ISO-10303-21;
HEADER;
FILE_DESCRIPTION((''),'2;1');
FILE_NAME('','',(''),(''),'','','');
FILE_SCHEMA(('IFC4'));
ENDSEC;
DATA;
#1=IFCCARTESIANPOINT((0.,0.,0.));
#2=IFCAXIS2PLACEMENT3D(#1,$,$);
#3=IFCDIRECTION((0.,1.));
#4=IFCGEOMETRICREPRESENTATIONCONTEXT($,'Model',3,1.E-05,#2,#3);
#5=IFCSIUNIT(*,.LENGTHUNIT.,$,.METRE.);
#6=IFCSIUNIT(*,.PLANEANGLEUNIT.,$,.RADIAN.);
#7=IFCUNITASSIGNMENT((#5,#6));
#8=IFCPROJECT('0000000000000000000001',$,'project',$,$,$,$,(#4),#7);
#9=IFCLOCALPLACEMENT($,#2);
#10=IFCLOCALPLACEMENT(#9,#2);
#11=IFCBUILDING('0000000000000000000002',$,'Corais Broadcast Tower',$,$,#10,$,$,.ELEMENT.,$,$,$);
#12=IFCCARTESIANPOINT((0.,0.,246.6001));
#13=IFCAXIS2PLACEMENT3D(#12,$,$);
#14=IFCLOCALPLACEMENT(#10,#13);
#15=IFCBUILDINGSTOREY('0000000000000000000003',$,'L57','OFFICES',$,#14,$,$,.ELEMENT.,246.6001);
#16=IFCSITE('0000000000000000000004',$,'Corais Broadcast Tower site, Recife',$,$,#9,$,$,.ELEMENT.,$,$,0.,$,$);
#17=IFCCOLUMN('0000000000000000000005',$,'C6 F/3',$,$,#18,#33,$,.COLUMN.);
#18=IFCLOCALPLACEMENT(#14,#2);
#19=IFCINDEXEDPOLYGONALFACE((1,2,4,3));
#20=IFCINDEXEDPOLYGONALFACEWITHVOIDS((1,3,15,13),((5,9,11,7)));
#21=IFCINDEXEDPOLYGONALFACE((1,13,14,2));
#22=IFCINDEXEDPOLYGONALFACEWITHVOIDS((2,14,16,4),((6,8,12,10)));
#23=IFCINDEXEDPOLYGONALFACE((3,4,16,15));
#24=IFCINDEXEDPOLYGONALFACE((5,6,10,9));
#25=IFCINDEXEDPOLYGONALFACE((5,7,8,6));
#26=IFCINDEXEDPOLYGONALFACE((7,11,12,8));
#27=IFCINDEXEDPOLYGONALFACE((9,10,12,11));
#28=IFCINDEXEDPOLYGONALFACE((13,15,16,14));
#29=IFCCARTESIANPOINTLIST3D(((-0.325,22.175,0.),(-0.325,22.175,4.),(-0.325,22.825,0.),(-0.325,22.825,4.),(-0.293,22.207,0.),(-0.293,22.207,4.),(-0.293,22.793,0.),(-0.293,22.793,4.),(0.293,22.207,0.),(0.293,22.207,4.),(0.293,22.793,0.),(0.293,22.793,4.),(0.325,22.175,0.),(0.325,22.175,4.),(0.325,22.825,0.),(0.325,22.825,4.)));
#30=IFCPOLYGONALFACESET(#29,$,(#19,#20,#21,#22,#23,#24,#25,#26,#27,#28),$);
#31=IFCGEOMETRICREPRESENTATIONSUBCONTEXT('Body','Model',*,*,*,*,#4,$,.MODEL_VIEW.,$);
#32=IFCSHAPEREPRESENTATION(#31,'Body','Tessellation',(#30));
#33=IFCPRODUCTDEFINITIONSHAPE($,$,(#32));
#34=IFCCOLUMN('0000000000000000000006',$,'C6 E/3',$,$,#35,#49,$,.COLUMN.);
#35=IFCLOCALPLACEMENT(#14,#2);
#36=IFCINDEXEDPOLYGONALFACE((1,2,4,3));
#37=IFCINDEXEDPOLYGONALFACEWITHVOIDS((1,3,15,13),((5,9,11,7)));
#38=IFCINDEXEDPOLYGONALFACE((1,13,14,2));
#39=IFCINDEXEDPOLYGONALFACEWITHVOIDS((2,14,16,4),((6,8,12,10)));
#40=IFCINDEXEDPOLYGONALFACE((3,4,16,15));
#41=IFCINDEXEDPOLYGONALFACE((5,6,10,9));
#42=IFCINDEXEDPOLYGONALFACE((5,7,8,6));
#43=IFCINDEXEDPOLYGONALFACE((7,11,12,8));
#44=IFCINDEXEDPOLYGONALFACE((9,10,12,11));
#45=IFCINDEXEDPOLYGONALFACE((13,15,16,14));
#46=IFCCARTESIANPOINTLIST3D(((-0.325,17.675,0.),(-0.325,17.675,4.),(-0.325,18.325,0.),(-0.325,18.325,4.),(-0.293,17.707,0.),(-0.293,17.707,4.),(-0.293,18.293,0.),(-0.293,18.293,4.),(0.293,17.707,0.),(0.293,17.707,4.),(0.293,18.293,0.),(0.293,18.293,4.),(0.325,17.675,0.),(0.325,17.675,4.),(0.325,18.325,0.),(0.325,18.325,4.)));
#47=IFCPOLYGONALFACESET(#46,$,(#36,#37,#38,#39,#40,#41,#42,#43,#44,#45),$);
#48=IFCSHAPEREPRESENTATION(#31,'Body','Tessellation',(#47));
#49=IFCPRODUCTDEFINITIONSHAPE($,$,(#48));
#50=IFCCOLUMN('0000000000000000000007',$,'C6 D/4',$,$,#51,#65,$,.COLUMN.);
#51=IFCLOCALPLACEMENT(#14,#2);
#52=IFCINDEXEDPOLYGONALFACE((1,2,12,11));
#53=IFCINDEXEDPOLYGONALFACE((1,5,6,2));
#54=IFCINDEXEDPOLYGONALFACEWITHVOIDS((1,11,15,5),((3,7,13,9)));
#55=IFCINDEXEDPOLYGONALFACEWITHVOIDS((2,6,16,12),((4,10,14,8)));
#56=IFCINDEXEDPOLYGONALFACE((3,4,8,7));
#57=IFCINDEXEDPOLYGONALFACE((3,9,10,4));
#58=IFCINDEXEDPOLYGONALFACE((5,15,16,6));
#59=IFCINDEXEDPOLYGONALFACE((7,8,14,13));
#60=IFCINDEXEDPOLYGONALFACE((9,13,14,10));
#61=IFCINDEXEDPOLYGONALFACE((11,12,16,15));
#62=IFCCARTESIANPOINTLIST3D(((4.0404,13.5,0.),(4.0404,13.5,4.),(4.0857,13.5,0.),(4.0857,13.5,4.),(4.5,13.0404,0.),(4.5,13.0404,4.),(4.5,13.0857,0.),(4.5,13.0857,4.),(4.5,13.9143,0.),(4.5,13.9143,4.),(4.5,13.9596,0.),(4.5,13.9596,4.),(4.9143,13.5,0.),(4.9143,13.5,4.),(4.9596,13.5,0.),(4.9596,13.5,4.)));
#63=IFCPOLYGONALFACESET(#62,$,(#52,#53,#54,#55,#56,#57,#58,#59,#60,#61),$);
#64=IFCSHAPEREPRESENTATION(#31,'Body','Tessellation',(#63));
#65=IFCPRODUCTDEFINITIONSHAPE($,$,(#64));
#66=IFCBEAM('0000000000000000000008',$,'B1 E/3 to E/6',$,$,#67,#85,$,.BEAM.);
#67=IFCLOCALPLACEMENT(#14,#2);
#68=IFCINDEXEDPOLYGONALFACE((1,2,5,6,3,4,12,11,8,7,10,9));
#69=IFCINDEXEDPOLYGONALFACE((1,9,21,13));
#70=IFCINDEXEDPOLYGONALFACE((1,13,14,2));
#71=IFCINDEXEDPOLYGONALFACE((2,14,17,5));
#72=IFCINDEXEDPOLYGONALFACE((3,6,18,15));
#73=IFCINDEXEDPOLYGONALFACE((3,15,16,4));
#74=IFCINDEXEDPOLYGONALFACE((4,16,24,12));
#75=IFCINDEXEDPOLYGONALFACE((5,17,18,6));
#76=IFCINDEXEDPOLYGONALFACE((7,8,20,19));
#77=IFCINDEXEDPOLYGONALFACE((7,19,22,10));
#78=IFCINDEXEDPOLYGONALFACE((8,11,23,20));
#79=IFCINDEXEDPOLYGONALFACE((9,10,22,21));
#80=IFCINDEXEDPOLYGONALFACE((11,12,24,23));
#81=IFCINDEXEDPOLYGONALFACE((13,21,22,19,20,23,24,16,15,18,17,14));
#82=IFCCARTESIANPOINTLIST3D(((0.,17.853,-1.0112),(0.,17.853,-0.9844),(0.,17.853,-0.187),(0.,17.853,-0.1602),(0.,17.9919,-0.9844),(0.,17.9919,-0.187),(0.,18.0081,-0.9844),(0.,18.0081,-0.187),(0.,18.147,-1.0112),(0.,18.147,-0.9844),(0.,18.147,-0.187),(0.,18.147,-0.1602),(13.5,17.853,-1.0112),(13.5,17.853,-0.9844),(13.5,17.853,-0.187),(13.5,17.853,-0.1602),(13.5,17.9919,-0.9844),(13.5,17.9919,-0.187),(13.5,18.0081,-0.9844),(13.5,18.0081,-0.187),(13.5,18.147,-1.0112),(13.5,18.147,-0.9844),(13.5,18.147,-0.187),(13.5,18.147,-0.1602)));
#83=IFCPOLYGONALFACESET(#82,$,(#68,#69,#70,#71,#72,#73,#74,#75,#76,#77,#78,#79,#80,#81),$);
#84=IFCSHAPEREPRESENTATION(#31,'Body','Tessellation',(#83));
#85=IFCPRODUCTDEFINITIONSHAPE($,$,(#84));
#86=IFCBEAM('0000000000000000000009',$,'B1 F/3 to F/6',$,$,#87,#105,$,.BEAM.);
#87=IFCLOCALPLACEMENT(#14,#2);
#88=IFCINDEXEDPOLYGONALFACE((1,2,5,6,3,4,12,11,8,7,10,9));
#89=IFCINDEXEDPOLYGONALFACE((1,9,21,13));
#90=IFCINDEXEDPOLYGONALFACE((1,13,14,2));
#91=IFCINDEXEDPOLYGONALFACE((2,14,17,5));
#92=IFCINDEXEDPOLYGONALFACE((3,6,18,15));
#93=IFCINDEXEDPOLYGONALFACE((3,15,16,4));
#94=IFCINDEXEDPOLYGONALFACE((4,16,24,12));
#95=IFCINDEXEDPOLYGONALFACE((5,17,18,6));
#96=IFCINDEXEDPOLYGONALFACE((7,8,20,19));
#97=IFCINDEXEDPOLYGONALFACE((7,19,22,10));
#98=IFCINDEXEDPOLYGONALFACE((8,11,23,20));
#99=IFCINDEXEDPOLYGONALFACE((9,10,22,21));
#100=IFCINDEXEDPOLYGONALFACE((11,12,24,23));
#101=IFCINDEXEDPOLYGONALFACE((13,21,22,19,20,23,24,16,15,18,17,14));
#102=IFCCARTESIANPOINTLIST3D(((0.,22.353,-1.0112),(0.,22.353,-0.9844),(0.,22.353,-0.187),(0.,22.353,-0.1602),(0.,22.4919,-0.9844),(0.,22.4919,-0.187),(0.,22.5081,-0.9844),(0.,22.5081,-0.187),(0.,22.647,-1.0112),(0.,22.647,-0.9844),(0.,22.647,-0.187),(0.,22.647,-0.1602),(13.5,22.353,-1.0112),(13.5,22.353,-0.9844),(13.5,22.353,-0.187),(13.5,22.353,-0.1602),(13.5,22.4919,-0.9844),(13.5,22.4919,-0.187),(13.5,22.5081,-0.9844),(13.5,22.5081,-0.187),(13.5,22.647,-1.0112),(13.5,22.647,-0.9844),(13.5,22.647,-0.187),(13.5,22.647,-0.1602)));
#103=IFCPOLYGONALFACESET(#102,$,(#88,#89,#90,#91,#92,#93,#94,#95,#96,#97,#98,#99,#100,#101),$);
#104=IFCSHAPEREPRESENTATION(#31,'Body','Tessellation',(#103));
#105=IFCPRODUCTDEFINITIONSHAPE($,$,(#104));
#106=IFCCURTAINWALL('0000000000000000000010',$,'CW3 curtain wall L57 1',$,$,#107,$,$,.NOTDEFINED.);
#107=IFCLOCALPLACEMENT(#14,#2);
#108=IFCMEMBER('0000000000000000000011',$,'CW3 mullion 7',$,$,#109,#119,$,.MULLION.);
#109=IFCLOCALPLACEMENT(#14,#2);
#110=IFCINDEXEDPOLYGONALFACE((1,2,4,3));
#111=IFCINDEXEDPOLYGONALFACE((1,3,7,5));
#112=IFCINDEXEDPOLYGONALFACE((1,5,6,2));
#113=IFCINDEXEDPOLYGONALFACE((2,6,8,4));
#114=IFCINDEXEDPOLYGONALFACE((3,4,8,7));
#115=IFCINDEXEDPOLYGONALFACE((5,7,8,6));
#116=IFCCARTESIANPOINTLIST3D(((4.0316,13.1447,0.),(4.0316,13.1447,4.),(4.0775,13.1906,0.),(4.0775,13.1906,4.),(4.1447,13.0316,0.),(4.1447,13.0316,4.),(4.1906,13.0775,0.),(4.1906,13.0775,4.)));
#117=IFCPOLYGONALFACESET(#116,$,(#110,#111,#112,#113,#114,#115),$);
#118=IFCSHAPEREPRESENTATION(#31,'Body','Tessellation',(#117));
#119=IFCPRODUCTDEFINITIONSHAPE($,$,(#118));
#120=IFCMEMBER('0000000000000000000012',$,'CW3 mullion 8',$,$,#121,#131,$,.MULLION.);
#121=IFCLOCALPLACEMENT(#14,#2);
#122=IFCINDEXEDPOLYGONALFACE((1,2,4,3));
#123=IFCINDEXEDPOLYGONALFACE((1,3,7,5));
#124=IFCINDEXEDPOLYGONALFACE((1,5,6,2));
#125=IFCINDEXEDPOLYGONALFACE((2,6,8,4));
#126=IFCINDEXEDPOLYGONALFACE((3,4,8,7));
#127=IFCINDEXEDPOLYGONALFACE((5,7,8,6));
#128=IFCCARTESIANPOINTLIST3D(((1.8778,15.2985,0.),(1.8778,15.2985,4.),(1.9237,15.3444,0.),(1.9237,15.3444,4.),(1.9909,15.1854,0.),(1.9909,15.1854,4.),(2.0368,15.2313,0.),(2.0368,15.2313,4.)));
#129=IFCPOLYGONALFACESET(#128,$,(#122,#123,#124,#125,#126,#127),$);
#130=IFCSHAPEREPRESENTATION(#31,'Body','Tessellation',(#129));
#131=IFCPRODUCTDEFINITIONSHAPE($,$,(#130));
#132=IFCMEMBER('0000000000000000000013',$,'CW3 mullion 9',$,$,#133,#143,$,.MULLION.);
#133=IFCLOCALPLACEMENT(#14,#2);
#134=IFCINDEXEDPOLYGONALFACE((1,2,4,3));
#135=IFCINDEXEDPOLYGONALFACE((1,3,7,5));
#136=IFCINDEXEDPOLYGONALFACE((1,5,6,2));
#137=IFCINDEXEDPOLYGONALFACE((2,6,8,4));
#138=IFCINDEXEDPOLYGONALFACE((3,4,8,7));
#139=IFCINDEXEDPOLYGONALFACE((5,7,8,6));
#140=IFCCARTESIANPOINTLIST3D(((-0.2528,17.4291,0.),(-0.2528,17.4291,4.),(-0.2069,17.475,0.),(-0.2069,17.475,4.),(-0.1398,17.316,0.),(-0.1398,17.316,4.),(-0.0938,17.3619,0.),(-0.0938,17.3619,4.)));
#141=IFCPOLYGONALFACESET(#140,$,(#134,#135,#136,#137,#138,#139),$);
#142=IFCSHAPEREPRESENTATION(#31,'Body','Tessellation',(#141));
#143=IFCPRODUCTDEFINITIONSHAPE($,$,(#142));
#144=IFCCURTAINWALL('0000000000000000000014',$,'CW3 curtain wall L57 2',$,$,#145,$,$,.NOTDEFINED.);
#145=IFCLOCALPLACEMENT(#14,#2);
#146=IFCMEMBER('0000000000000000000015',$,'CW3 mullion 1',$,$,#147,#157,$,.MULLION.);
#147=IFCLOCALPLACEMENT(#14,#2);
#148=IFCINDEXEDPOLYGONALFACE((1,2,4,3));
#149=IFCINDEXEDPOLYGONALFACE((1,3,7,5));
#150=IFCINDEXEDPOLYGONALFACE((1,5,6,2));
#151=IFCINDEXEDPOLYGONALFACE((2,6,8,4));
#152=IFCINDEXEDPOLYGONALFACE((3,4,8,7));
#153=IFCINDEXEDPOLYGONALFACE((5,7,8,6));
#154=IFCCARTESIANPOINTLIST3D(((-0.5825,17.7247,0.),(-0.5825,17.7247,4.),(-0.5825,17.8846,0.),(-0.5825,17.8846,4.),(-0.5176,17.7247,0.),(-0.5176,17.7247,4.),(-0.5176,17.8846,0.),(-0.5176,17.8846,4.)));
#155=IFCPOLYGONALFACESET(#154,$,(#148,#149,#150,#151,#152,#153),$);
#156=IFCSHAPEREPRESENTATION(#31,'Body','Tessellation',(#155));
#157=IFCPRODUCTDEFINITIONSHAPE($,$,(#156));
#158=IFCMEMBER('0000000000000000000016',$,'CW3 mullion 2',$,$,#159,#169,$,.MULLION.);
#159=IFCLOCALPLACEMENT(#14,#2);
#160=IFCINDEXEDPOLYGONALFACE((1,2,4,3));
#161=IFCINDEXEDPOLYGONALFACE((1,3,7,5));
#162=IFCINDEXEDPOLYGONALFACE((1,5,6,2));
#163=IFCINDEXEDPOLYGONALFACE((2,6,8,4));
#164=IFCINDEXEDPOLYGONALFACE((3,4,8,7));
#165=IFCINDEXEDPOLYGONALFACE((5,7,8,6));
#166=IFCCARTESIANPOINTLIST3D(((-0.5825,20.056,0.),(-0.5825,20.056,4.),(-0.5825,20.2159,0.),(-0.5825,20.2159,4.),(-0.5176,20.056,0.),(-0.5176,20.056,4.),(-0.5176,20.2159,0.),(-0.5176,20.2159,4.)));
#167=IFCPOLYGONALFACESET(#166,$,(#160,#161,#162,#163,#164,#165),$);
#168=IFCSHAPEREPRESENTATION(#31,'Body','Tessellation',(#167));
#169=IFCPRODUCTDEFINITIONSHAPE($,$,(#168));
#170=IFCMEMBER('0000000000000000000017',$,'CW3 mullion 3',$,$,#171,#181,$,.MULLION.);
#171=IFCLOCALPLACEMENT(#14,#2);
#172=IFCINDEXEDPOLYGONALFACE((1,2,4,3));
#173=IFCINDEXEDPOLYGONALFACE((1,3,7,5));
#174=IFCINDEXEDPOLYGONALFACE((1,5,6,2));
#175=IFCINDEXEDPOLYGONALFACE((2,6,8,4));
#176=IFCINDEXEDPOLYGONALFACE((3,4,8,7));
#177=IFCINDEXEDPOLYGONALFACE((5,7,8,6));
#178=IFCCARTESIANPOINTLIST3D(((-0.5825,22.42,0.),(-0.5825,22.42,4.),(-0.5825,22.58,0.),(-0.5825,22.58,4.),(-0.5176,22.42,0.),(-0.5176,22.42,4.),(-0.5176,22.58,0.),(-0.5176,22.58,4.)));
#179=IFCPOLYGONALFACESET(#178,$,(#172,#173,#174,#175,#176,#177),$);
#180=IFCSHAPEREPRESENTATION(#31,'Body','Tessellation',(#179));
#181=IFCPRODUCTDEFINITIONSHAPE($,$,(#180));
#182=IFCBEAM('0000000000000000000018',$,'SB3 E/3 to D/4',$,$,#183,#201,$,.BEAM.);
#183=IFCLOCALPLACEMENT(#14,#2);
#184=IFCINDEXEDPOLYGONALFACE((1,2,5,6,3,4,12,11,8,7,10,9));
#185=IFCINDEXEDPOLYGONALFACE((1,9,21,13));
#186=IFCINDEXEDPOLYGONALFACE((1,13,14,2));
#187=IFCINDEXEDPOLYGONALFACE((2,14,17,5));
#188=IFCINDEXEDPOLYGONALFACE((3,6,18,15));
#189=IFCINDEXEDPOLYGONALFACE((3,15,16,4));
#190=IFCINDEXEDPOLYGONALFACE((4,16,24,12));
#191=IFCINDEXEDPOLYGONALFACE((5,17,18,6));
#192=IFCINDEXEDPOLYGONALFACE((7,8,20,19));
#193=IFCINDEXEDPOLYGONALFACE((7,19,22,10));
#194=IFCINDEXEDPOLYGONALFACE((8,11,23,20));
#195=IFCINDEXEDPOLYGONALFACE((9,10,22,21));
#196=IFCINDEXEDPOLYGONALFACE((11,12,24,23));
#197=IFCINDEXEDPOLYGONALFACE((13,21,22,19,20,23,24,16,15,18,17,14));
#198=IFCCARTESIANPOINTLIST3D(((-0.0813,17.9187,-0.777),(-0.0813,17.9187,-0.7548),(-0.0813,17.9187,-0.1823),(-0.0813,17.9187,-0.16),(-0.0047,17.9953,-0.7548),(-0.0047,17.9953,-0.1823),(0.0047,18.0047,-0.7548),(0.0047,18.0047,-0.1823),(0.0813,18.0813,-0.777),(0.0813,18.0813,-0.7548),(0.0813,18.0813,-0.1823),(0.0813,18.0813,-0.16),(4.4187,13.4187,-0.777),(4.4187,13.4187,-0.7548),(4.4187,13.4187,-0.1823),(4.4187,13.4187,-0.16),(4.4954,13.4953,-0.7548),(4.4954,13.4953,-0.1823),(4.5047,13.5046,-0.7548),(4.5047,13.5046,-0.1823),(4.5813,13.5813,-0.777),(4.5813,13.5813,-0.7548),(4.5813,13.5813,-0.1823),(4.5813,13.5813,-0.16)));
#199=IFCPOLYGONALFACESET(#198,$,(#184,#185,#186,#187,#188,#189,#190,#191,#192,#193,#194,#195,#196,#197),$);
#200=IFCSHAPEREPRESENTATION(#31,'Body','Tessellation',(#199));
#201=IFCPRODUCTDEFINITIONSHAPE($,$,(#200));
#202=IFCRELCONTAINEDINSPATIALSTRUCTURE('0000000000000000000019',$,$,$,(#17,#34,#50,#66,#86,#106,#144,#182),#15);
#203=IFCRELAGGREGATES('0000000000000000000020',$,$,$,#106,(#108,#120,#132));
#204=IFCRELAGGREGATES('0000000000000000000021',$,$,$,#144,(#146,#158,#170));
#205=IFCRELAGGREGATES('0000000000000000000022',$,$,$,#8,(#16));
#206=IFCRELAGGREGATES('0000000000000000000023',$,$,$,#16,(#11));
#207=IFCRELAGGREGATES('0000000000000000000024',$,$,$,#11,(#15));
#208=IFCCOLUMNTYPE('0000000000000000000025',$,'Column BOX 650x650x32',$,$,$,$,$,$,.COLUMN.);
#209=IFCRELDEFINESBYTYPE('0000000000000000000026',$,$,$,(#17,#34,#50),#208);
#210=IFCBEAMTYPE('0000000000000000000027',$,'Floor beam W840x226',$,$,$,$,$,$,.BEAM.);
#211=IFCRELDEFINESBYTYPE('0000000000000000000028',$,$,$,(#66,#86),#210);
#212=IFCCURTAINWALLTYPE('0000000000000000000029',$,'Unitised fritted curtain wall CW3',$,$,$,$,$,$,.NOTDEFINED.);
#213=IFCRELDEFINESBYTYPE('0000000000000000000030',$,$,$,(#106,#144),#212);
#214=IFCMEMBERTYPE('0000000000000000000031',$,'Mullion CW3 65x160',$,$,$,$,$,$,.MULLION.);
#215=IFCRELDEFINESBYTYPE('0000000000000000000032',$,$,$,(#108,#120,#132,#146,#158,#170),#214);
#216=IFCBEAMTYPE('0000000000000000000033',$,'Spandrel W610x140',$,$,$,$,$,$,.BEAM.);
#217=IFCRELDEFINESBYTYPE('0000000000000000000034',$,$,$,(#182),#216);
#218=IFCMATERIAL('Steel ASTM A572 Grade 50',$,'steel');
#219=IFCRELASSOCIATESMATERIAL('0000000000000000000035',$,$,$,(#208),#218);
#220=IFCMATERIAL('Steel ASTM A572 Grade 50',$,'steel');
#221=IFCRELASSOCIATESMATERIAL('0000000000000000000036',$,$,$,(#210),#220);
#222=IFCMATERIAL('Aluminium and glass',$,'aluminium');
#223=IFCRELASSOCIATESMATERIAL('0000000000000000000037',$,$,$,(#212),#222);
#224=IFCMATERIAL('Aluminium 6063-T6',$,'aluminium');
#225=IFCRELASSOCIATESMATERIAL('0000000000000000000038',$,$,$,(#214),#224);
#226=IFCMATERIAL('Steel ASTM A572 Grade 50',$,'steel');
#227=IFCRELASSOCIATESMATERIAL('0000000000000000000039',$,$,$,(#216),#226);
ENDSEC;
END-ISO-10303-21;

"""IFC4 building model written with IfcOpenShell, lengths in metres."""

from ifc_helpers import new_model, si_unit, direction, frame, origin, origin_2d, place, context, subcontext, project, spatial, rectangle, hollow_rectangle, i_section, extrude, material, material_profile, profile_set, type_object, element, aggregate, save


model = new_model("IFC4")

# Units and contexts
model_context = context("Model", 3, precision=1e-05, world=origin(), true_north=direction((0.0, 1.0)))
body_context = subcontext(model_context, "Body", "Model", "MODEL_VIEW")
ifc_project = project(units=[si_unit("LENGTHUNIT", "METRE"), si_unit("PLANEANGLEUNIT", "RADIAN")], contexts=[model_context])

# Site, building, storey
site_placement = place(None, origin())
site = spatial("IfcSite", under=ifc_project, at=site_placement, Name="Corais Broadcast Tower site, Recife", CompositionType="ELEMENT", RefElevation=0.0)
building_placement = place(site_placement, origin())
building = spatial("IfcBuilding", under=site, at=building_placement, Name="Corais Broadcast Tower", CompositionType="ELEMENT")
storey_placement = place(building_placement, frame((0.0, 0.0, 246.6001)))
storey = spatial("IfcBuildingStorey", under=building, at=storey_placement, Name="L57", Description="OFFICES", CompositionType="ELEMENT", Elevation=246.6001)

# Columns
ifc_material_1 = material(Name="Steel ASTM A572 Grade 50", Category="steel")
ifc_material_profile_1 = material_profile(ifc_material_1, hollow_rectangle(XDim=0.6499, YDim=0.6499, WallThickness=0.032, at=origin_2d()), Name="BOX 650x650x32")
ifc_profile_set_1 = profile_set([ifc_material_profile_1], Name="Steel ASTM A572 Grade 50")
column_type = type_object("IfcColumnType", Name="Column BOX 650x650x32", PredefinedType="COLUMN", material=ifc_profile_set_1)
for number, where, z_axis, x_axis, name in (
    (1, (0.0, 22.5, 0.0), (0.0, 0.0, 1.0), (1.0, 0.0, 0.0), "C6 F/3"),
    (2, (0.0, 18.0, 0.0), (0.0, 0.0, 1.0), (1.0, 0.0, 0.0), "C6 E/3"),
    (3, (4.5, 13.5, 0.0), (0.0, 0.0, 1.0), (0.707107, 0.707107, 0.0), "C6 D/4"),
):
    element("IfcColumn", number, at=place(storey_placement, frame(where, z_axis=z_axis, x_axis=x_axis)), inside=storey, type_object=column_type, Name=name, PredefinedType="COLUMN", context=body_context, shape_type="SweptSolid", body=[
        extrude(hollow_rectangle(XDim=0.6499, YDim=0.6499, WallThickness=0.032, at=origin_2d()), origin(), (0.0, 0.0, 1.0), 4.0),
    ])

# Beams
ifc_material_2 = material(Name="Steel ASTM A572 Grade 50", Category="steel")
ifc_material_profile_2 = material_profile(ifc_material_2, i_section(OverallWidth=0.2939, OverallDepth=0.8511, WebThickness=0.0161, FlangeThickness=0.0269, at=origin_2d()), Name="W840x226")
ifc_profile_set_2 = profile_set([ifc_material_profile_2], Name="Steel ASTM A572 Grade 50")
beam_type_1 = type_object("IfcBeamType", Name="Floor beam W840x226", PredefinedType="BEAM", material=ifc_profile_set_2)
for number, where, z_axis, x_axis, name in (
    (4, (0.0, 18.0, -0.5857), (1.0, 0.0, 0.0), (0.0, 1.0, 0.0), "B1 E/3 to E/6"),
    (5, (0.0, 22.5, -0.5857), (1.0, 0.0, 0.0), (0.0, 1.0, 0.0), "B1 F/3 to F/6"),
):
    element("IfcBeam", number, at=place(storey_placement, frame(where, z_axis=z_axis, x_axis=x_axis)), inside=storey, type_object=beam_type_1, Name=name, PredefinedType="BEAM", context=body_context, shape_type="SweptSolid", body=[
        extrude(i_section(OverallWidth=0.2939, OverallDepth=0.8511, WebThickness=0.0161, FlangeThickness=0.0269, at=origin_2d()), origin(), (0.0, 0.0, 1.0), 13.5),
    ])

# Curtain walls, members
ifc_material_3 = material(Name="Aluminium and glass", Category="aluminium")
curtain_wall_type = type_object("IfcCurtainWallType", Name="Unitised fritted curtain wall CW3", PredefinedType="NOTDEFINED", material=ifc_material_3)
curtain_wall_1_placement = place(storey_placement, origin())
curtain_wall_1 = element("IfcCurtainWall", 6, at=curtain_wall_1_placement, inside=storey, type_object=curtain_wall_type, Name="CW3 curtain wall L57 1", PredefinedType="NOTDEFINED")
ifc_material_4 = material(Name="Aluminium 6063-T6", Category="aluminium")
ifc_material_profile_3 = material_profile(ifc_material_4, rectangle(XDim=0.0649, YDim=0.1599, at=origin_2d()), Name="Mullion CW3 65x160")
ifc_profile_set_3 = profile_set([ifc_material_profile_3], Name="Aluminium 6063-T6")
member_type_1 = type_object("IfcMemberType", Name="Mullion CW3 65x160", PredefinedType="MULLION", material=ifc_profile_set_3)
member_1_placement = place(storey_placement, frame((4.1111, 13.1111, 0.0), z_axis=(0.0, 0.0, 1.0), x_axis=(-0.707107, -0.707107, 0.0)))
member_1 = element("IfcMember", 7, at=member_1_placement, type_object=member_type_1, Name="CW3 mullion 7", PredefinedType="MULLION", context=body_context, shape_type="SweptSolid", body=[
    extrude(rectangle(XDim=0.0649, YDim=0.1599, at=origin_2d()), origin(), (0.0, 0.0, 1.0), 4.0),
])
member_2_placement = place(storey_placement, frame((1.9573, 15.2649, 0.0), z_axis=(0.0, 0.0, 1.0), x_axis=(-0.707107, -0.707107, 0.0)))
member_2 = element("IfcMember", 8, at=member_2_placement, type_object=member_type_1, Name="CW3 mullion 8", PredefinedType="MULLION", context=body_context, shape_type="SweptSolid", body=[
    extrude(rectangle(XDim=0.0649, YDim=0.1599, at=origin_2d()), origin(), (0.0, 0.0, 1.0), 4.0),
])
member_3_placement = place(storey_placement, frame((-0.1733, 17.3955, 0.0), z_axis=(0.0, 0.0, 1.0), x_axis=(-0.707107, -0.707107, 0.0)))
member_3 = element("IfcMember", 9, at=member_3_placement, type_object=member_type_1, Name="CW3 mullion 9", PredefinedType="MULLION", context=body_context, shape_type="SweptSolid", body=[
    extrude(rectangle(XDim=0.0649, YDim=0.1599, at=origin_2d()), origin(), (0.0, 0.0, 1.0), 4.0),
])
curtain_wall_2_placement = place(storey_placement, origin())
curtain_wall_2 = element("IfcCurtainWall", 10, at=curtain_wall_2_placement, inside=storey, type_object=curtain_wall_type, Name="CW3 curtain wall L57 2", PredefinedType="NOTDEFINED")
member_4_placement = place(storey_placement, frame((-0.55, 17.8047, 0.0), z_axis=(0.0, 0.0, 1.0), x_axis=(-1.0, 0.0, 0.0)))
member_4 = element("IfcMember", 11, at=member_4_placement, type_object=member_type_1, Name="CW3 mullion 1", PredefinedType="MULLION", context=body_context, shape_type="SweptSolid", body=[
    extrude(rectangle(XDim=0.0649, YDim=0.1599, at=origin_2d()), origin(), (0.0, 0.0, 1.0), 4.0),
])
member_5_placement = place(storey_placement, frame((-0.55, 20.136, 0.0), z_axis=(0.0, 0.0, 1.0), x_axis=(-1.0, 0.0, 0.0)))
member_5 = element("IfcMember", 12, at=member_5_placement, type_object=member_type_1, Name="CW3 mullion 2", PredefinedType="MULLION", context=body_context, shape_type="SweptSolid", body=[
    extrude(rectangle(XDim=0.0649, YDim=0.1599, at=origin_2d()), origin(), (0.0, 0.0, 1.0), 4.0),
])
member_6_placement = place(storey_placement, frame((-0.55, 22.5, 0.0), z_axis=(0.0, 0.0, 1.0), x_axis=(-1.0, 0.0, 0.0)))
member_6 = element("IfcMember", 13, at=member_6_placement, type_object=member_type_1, Name="CW3 mullion 3", PredefinedType="MULLION", context=body_context, shape_type="SweptSolid", body=[
    extrude(rectangle(XDim=0.0649, YDim=0.1599, at=origin_2d()), origin(), (0.0, 0.0, 1.0), 4.0),
])

# Beam
ifc_material_5 = material(Name="Steel ASTM A572 Grade 50", Category="steel")
ifc_material_profile_4 = material_profile(ifc_material_5, i_section(OverallWidth=0.23, OverallDepth=0.6169, WebThickness=0.0132, FlangeThickness=0.0222, at=origin_2d()), Name="W610x140")
ifc_profile_set_4 = profile_set([ifc_material_profile_4], Name="Steel ASTM A572 Grade 50")
beam_type_2 = type_object("IfcBeamType", Name="Spandrel W610x140", PredefinedType="BEAM", material=ifc_profile_set_4)
beam_1_placement = place(storey_placement, frame((0.0, 18.0, -0.4685), z_axis=(0.707107, -0.707107, 0.0), x_axis=(0.707107, 0.707107, 0.0)))
element("IfcBeam", 14, at=beam_1_placement, inside=storey, type_object=beam_type_2, Name="SB3 E/3 to D/4", PredefinedType="BEAM", context=body_context, shape_type="SweptSolid", body=[
    extrude(i_section(OverallWidth=0.23, OverallDepth=0.6169, WebThickness=0.0132, FlangeThickness=0.0222, at=origin_2d()), origin(), (0.0, 0.0, 1.0), 6.364),
])

aggregate(curtain_wall_1, [member_1, member_2, member_3])
aggregate(curtain_wall_2, [member_4, member_5, member_6])

save(model, "model.ifc")
